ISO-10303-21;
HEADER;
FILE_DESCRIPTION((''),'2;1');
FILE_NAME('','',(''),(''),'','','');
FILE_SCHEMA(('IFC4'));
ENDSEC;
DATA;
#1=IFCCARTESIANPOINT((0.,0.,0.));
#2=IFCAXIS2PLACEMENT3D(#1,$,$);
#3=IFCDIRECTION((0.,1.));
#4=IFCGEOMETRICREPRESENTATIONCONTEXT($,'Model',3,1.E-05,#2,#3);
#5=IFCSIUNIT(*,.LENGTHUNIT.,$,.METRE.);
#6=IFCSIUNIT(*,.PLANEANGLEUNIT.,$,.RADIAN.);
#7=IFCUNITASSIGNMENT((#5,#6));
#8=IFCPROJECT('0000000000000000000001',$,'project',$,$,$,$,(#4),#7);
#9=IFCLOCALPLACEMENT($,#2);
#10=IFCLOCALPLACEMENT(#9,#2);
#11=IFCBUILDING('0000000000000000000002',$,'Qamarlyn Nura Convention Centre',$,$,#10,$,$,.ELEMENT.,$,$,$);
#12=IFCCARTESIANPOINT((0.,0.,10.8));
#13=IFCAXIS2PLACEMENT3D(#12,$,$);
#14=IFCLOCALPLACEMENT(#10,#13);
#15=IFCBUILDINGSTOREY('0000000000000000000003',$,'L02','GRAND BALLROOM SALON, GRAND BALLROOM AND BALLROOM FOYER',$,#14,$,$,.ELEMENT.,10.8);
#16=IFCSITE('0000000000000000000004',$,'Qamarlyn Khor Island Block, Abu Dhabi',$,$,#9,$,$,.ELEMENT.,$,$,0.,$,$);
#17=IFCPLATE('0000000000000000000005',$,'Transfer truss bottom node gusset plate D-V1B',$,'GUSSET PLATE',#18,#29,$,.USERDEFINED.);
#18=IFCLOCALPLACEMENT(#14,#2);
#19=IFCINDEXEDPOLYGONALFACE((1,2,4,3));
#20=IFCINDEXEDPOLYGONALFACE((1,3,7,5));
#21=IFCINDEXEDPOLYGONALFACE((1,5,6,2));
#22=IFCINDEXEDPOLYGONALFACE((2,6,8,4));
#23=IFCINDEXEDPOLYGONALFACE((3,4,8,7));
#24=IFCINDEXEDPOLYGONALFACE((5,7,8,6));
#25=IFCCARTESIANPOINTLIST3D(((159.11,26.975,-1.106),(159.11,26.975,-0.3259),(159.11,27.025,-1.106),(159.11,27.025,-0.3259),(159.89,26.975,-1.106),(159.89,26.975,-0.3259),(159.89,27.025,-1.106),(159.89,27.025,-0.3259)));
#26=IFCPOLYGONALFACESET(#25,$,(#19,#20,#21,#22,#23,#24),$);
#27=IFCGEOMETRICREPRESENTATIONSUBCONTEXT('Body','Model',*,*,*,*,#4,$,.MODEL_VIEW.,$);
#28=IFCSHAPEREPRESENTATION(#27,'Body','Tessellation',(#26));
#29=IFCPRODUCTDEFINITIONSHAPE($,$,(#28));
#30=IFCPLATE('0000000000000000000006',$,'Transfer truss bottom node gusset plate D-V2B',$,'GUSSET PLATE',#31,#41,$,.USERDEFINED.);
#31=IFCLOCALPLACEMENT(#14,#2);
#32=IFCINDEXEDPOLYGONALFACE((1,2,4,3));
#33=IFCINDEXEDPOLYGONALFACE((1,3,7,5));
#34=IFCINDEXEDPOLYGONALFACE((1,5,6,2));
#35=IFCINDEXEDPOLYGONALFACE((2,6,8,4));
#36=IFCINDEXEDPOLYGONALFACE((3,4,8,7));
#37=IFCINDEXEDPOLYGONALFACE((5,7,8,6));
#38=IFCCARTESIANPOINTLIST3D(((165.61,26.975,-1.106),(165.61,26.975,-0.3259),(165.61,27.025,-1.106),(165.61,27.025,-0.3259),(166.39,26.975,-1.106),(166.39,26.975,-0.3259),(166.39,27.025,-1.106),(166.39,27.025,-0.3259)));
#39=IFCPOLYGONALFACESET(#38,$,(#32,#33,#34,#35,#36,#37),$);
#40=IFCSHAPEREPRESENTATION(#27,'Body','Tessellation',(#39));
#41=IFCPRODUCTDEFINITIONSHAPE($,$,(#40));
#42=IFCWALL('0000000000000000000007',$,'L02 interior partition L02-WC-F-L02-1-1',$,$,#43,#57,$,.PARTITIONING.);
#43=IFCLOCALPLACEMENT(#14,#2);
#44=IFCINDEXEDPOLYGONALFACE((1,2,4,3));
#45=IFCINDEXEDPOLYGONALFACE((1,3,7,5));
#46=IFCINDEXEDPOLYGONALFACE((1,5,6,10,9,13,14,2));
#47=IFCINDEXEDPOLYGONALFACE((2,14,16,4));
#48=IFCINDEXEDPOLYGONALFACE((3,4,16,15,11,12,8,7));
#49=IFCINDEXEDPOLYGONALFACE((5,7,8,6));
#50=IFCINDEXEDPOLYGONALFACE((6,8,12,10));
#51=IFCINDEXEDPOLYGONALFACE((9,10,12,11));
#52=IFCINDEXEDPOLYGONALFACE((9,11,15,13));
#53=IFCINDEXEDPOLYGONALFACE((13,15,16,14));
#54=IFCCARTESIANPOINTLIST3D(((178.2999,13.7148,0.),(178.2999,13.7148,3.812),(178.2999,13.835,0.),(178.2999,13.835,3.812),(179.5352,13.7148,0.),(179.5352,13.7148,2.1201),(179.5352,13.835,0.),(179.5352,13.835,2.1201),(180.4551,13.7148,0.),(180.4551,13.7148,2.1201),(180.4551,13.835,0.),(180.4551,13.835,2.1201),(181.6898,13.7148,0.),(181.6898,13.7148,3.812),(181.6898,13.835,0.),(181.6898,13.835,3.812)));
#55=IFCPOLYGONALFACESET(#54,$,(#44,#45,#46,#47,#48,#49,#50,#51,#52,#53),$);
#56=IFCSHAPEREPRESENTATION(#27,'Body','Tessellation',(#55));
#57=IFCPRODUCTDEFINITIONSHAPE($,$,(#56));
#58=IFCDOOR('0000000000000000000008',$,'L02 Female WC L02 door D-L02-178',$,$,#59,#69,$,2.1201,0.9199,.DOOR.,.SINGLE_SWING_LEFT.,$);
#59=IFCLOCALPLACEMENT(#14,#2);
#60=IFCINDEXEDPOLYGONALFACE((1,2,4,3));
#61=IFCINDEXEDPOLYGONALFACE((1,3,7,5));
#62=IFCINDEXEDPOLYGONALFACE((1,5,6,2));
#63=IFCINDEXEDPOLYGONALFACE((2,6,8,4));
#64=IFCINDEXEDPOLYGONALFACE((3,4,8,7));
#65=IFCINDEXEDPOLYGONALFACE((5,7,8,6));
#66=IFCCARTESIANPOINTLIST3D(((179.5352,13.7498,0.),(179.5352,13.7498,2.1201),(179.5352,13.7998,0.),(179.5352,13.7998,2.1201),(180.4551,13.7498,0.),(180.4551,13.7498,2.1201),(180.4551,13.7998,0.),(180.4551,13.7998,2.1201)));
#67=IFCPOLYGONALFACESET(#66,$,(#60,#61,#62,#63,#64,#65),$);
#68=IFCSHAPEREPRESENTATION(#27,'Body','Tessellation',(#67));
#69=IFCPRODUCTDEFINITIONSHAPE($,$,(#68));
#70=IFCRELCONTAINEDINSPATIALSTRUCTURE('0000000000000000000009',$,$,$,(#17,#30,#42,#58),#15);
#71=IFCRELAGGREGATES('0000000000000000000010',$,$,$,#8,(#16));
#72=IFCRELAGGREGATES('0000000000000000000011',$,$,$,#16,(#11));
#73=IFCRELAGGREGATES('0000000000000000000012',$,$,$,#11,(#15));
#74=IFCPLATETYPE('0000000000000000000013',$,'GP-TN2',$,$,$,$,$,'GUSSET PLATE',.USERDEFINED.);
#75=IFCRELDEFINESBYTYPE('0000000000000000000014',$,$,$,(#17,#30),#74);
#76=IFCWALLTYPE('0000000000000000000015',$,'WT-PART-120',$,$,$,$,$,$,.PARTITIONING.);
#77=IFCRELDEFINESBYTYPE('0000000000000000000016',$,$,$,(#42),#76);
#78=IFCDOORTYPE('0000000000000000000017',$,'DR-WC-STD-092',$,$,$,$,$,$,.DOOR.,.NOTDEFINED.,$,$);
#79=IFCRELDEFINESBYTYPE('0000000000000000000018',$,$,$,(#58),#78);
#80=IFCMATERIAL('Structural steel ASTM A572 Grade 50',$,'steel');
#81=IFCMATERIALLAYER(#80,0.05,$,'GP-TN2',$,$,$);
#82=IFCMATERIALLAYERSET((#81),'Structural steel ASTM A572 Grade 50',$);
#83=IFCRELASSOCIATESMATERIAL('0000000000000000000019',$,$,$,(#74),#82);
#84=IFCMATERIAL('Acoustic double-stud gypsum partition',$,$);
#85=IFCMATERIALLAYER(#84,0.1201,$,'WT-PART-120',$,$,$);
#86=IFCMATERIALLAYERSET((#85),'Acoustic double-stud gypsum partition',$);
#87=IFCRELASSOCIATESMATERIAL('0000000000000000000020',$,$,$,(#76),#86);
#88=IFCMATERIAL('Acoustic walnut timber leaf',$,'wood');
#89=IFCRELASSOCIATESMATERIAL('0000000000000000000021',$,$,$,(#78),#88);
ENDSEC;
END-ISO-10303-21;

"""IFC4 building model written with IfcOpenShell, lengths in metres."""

from ifc_helpers import new_model, si_unit, direction, frame, frame_2d, origin, origin_2d, place, context, subcontext, project, spatial, rectangle, extrude, material, layer, layer_set, type_object, element, fill, save


model = new_model("IFC4")

# Units and contexts
model_context = context("Model", 3, precision=1e-05, world=origin(), true_north=direction((0.0, 1.0)))
body_context = subcontext(model_context, "Body", "Model", "MODEL_VIEW")
ifc_project = project(units=[si_unit("LENGTHUNIT", "METRE"), si_unit("PLANEANGLEUNIT", "RADIAN")], contexts=[model_context])

# Site, building, storey
site_placement = place(None, origin())
site = spatial("IfcSite", under=ifc_project, at=site_placement, Name="Qamarlyn Khor Island Block, Abu Dhabi", CompositionType="ELEMENT", RefElevation=0.0)
building_placement = place(site_placement, origin())
building = spatial("IfcBuilding", under=site, at=building_placement, Name="Qamarlyn Nura Convention Centre", CompositionType="ELEMENT")
storey_placement = place(building_placement, frame((0.0, 0.0, 10.8)))
storey = spatial("IfcBuildingStorey", under=building, at=storey_placement, Name="L02", Description="GRAND BALLROOM SALON, GRAND BALLROOM AND BALLROOM FOYER", CompositionType="ELEMENT", Elevation=10.8)

# Plates
ifc_material_1 = material(Name="Structural steel ASTM A572 Grade 50", Category="steel")
ifc_layer_1 = layer(ifc_material_1, 0.05, Name="GP-TN2")
ifc_layer_set_1 = layer_set([ifc_layer_1], Name="Structural steel ASTM A572 Grade 50")
plate_type = type_object("IfcPlateType", Name="GP-TN2", ElementType="GUSSET PLATE", PredefinedType="USERDEFINED", material=ifc_layer_set_1)
for number, where, z_axis, x_axis, name in (
    (1, (159.5, 27.0, -1.106), (0.0, 0.0, 1.0), (1.0, 0.0, 0.0), "Transfer truss bottom node gusset plate D-V1B"),
    (2, (166.0, 27.0, -1.106), (0.0, 0.0, 1.0), (1.0, 0.0, 0.0), "Transfer truss bottom node gusset plate D-V2B"),
):
    element("IfcPlate", number, at=place(storey_placement, frame(where, z_axis=z_axis, x_axis=x_axis)), inside=storey, type_object=plate_type, Name=name, ObjectType="GUSSET PLATE", PredefinedType="USERDEFINED", context=body_context, shape_type="SweptSolid", body=[
        extrude(rectangle(XDim=0.78, YDim=0.05, at=origin_2d()), origin(), (0.0, 0.0, 1.0), 0.78),
    ])

# Wall, opening, door
ifc_material_2 = material(Name="Acoustic double-stud gypsum partition")
ifc_layer_2 = layer(ifc_material_2, 0.1201, Name="WT-PART-120")
ifc_layer_set_2 = layer_set([ifc_layer_2], Name="Acoustic double-stud gypsum partition")
wall_type = type_object("IfcWallType", Name="WT-PART-120", PredefinedType="PARTITIONING", material=ifc_layer_set_2)
wall_placement = place(storey_placement, frame((178.3, 13.7749, 0.0), z_axis=(0.0, 0.0, 1.0), x_axis=(1.0, 0.0, 0.0)))
wall = element("IfcWall", 3, at=wall_placement, inside=storey, type_object=wall_type, Name="L02 interior partition L02-WC-F-L02-1-1", PredefinedType="PARTITIONING", context=body_context, shape_type="SweptSolid", body=[
    extrude(rectangle(XDim=3.3899, YDim=0.1201, at=frame_2d((1.6948, 0.0))), origin(), (0.0, 0.0, 1.0), 3.812),
])
opening_placement = place(wall_placement, frame((1.2351, 0.0, 0.0)))
opening = element("IfcOpeningElement", 4, at=opening_placement, cuts=wall, PredefinedType="OPENING", context=body_context, shape_type="SweptSolid", body=[
    extrude(rectangle(XDim=0.9199, YDim=2.1201, at=frame_2d((0.46, 1.0601))), frame((0.0, 0.0701, 0.0), z_axis=(0.0, -1.0, 0.0), x_axis=(1.0, 0.0, 0.0)), (0.0, 0.0, 1.0), 0.1401),
])
ifc_material_3 = material(Name="Acoustic walnut timber leaf", Category="wood")
door_type = type_object("IfcDoorType", Name="DR-WC-STD-092", OperationType="NOTDEFINED", PredefinedType="DOOR", material=ifc_material_3)
door_placement = place(opening_placement, origin())
door = element("IfcDoor", 5, at=door_placement, inside=storey, type_object=door_type, Name="L02 Female WC L02 door D-L02-178", OperationType="SINGLE_SWING_LEFT", OverallHeight=2.1201, OverallWidth=0.9199, PredefinedType="DOOR", context=body_context, shape_type="SweptSolid", body=[
    extrude(rectangle(XDim=0.9199, YDim=2.1201, at=frame_2d((0.46, 1.0601))), frame((0.0, 0.0249, 0.0), z_axis=(0.0, -1.0, 0.0), x_axis=(1.0, 0.0, 0.0)), (0.0, 0.0, 1.0), 0.05),
])
fill(opening, door)

save(model, "model.ifc")
